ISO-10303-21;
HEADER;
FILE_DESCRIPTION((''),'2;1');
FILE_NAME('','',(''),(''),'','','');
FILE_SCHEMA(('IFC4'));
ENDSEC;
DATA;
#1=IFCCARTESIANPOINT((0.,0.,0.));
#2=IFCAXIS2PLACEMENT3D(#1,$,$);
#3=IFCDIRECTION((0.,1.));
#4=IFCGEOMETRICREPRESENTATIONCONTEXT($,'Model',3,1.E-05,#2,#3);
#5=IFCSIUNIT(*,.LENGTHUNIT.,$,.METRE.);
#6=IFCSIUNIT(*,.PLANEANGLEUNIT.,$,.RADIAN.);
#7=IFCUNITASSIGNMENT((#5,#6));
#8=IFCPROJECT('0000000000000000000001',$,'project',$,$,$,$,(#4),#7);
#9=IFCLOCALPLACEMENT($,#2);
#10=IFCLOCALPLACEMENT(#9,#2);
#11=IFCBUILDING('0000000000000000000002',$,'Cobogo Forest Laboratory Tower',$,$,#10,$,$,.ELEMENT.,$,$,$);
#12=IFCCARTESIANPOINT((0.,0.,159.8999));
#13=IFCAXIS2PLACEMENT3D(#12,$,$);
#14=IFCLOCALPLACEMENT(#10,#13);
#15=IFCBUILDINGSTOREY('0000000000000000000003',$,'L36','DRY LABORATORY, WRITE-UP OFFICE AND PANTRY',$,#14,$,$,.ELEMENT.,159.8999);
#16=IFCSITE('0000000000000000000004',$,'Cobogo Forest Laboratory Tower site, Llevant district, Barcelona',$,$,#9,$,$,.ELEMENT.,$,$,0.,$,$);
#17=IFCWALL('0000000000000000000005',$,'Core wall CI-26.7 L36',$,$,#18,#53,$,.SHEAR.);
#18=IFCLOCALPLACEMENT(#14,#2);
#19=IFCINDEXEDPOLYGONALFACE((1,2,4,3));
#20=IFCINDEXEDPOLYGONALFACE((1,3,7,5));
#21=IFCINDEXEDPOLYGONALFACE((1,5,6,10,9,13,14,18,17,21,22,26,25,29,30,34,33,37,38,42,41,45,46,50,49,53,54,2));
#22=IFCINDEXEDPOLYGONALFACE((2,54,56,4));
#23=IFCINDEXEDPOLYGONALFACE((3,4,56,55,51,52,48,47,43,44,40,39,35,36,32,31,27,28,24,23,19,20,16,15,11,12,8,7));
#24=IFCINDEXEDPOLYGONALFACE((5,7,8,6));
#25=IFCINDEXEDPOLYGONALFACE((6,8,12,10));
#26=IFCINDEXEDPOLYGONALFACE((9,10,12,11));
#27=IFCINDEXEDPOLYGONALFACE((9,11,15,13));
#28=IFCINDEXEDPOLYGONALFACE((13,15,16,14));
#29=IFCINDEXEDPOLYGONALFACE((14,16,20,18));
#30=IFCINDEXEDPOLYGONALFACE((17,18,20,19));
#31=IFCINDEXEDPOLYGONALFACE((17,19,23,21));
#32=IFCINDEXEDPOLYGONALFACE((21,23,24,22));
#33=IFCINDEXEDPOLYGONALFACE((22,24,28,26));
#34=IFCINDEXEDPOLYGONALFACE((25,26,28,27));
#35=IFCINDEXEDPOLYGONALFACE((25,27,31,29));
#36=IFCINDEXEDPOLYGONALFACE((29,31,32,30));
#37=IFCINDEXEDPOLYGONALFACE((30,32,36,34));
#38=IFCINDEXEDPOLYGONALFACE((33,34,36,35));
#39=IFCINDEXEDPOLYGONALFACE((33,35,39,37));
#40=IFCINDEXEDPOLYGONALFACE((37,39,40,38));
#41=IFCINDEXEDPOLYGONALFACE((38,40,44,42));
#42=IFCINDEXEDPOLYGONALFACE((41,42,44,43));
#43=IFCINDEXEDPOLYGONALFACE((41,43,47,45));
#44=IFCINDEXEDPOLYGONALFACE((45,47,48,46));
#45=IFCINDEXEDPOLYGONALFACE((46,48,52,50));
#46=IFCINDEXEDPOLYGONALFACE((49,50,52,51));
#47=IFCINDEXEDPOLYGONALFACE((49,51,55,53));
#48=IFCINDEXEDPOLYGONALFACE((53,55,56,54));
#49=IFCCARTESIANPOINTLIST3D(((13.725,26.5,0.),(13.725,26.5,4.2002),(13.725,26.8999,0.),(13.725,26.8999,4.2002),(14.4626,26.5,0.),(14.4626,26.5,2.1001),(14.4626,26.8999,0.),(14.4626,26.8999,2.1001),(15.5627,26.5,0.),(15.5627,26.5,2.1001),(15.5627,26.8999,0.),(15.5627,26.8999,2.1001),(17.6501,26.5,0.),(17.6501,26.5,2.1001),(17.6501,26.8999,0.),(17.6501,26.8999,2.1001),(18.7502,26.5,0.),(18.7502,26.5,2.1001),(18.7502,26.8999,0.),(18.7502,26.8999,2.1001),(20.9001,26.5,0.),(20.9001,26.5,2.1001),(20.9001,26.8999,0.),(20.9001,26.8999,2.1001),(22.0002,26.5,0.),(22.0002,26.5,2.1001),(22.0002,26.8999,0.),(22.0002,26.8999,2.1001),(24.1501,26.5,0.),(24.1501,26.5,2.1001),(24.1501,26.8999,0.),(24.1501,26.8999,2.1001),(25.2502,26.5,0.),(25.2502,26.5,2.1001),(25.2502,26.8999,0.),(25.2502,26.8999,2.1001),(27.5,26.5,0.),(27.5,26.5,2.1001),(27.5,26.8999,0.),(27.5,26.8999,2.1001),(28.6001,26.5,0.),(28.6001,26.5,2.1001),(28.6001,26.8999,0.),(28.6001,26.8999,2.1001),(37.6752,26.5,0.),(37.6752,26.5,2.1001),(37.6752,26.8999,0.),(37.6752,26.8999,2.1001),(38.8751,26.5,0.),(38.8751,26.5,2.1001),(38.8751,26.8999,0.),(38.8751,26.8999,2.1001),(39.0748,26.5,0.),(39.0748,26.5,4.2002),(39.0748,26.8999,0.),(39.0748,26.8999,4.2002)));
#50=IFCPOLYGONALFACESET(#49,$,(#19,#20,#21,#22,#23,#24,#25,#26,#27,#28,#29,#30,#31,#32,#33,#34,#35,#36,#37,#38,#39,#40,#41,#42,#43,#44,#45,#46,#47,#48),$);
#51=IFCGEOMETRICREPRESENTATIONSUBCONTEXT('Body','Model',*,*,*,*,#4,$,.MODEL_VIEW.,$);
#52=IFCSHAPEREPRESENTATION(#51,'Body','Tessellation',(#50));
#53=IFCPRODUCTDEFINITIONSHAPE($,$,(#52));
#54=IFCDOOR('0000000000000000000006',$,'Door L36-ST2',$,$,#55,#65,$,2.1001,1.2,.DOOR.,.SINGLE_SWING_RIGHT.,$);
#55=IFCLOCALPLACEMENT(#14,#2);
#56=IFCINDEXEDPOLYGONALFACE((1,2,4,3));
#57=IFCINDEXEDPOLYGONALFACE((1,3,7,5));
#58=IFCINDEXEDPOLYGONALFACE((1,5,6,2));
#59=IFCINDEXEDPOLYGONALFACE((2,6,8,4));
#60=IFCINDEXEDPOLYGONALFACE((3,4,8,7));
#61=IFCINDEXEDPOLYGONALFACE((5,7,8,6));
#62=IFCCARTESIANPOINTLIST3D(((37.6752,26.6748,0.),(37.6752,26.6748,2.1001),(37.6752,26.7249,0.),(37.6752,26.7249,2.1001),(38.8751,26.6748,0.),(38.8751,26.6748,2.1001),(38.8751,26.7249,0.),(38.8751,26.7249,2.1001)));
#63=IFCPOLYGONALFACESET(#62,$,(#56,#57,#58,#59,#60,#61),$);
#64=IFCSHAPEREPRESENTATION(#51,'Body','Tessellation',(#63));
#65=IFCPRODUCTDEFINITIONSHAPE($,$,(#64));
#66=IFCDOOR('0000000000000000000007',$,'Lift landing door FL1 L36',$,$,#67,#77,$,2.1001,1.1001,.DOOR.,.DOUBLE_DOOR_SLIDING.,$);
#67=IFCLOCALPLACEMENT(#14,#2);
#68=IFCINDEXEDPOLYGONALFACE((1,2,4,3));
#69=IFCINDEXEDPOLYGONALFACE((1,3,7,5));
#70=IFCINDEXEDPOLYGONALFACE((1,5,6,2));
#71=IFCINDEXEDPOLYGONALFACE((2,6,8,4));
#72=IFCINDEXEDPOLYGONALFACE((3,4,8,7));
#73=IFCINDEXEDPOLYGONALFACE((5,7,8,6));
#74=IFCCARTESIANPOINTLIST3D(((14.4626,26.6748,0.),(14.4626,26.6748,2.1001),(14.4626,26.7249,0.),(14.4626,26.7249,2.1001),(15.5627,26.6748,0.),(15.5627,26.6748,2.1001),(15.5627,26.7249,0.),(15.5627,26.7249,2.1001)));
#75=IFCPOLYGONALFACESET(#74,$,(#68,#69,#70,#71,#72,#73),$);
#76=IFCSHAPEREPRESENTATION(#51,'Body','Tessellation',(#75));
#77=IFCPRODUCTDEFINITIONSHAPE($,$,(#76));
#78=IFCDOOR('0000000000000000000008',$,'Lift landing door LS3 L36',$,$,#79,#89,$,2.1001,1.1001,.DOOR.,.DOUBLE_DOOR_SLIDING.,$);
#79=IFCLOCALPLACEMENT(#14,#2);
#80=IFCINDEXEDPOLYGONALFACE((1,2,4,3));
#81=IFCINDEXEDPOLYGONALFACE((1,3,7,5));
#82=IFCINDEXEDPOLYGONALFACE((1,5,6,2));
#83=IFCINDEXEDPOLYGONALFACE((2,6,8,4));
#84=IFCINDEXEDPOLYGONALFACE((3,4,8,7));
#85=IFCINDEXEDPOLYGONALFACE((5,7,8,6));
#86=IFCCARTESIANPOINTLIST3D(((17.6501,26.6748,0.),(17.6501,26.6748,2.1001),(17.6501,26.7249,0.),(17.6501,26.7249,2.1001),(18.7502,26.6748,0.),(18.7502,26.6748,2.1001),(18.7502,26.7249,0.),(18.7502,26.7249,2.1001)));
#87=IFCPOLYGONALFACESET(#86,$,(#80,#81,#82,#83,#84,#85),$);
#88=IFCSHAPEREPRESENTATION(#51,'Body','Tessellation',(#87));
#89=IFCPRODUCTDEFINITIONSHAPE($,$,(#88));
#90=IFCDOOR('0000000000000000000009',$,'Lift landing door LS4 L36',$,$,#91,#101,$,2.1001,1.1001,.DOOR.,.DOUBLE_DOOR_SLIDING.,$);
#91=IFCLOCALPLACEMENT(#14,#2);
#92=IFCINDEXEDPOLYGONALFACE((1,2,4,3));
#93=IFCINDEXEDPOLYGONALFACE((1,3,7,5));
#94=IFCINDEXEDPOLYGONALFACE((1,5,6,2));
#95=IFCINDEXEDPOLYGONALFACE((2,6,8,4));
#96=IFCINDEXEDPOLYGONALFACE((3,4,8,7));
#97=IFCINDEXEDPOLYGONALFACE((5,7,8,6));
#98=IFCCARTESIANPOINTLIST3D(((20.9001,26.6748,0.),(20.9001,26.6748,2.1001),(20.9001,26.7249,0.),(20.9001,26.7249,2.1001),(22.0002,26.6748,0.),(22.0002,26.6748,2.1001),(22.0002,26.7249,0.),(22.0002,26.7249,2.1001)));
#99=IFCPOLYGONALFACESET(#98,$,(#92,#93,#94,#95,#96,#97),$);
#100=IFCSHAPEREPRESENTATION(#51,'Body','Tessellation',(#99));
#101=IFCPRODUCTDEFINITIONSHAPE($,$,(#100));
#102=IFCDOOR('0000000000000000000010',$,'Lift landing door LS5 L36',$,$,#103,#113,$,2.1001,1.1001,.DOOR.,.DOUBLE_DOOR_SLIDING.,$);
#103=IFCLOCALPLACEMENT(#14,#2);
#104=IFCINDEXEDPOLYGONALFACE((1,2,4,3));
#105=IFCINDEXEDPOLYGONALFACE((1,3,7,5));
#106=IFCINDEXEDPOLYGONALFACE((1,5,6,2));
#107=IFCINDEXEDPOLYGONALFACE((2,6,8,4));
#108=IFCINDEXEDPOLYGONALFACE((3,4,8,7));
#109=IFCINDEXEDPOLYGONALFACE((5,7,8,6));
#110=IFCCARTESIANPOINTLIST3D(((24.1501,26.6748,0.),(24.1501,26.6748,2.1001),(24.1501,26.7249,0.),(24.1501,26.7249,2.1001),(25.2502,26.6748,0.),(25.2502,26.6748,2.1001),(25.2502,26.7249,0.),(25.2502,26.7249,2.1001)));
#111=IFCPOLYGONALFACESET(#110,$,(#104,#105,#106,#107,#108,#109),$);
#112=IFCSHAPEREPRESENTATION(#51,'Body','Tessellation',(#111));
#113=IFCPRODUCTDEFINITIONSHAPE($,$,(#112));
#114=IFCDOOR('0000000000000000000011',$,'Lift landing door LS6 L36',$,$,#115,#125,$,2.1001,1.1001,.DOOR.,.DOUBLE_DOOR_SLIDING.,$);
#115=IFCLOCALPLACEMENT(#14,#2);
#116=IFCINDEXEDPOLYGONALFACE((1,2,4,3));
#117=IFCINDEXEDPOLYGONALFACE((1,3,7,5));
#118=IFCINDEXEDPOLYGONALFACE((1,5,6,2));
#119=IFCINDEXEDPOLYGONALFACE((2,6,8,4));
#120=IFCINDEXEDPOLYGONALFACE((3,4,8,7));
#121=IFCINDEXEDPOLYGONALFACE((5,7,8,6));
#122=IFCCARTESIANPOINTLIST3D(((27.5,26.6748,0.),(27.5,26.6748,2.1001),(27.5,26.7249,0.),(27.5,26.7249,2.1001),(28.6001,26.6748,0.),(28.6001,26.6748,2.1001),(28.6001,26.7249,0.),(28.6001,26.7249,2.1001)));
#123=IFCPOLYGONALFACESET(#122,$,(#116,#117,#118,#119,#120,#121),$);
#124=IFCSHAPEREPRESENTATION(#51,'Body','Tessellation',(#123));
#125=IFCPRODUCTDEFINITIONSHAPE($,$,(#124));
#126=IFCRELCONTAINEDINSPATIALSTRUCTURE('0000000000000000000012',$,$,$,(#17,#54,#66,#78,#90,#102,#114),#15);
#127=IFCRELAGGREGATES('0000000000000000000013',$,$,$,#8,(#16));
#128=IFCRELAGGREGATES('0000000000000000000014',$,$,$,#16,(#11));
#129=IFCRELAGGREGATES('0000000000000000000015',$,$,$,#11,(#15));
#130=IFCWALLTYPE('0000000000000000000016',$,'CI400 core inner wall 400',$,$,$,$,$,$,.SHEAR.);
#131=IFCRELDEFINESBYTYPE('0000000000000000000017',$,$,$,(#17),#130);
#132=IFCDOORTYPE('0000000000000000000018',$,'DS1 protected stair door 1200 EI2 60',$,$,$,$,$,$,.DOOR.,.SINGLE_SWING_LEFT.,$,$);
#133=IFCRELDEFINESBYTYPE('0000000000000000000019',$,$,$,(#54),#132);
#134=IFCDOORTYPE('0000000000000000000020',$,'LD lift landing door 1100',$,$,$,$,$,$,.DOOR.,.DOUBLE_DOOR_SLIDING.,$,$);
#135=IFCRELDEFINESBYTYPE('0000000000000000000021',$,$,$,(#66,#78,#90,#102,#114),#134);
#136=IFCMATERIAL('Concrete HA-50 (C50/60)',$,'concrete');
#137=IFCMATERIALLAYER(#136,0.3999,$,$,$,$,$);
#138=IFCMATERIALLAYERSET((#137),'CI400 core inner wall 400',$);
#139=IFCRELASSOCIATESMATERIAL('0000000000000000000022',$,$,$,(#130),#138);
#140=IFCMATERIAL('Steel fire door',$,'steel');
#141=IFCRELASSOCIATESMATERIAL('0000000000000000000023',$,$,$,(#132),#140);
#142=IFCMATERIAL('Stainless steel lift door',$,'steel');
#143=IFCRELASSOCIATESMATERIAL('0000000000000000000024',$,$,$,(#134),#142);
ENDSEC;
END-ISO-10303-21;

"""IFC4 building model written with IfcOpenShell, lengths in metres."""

from ifc_helpers import new_model, si_unit, direction, frame, frame_2d, origin, place, context, subcontext, project, spatial, rectangle, extrude, material, layer, layer_set, type_object, element, fill, save


model = new_model("IFC4")

# Units and contexts
model_context = context("Model", 3, precision=1e-05, world=origin(), true_north=direction((0.0, 1.0)))
body_context = subcontext(model_context, "Body", "Model", "MODEL_VIEW")
ifc_project = project(units=[si_unit("LENGTHUNIT", "METRE"), si_unit("PLANEANGLEUNIT", "RADIAN")], contexts=[model_context])

# Site, building, storey
site_placement = place(None, origin())
site = spatial("IfcSite", under=ifc_project, at=site_placement, Name="Cobogo Forest Laboratory Tower site, Llevant district, Barcelona", CompositionType="ELEMENT", RefElevation=0.0)
building_placement = place(site_placement, origin())
building = spatial("IfcBuilding", under=site, at=building_placement, Name="Cobogo Forest Laboratory Tower", CompositionType="ELEMENT")
storey_placement = place(building_placement, frame((0.0, 0.0, 159.8999)))
storey = spatial("IfcBuildingStorey", under=building, at=storey_placement, Name="L36", Description="DRY LABORATORY, WRITE-UP OFFICE AND PANTRY", CompositionType="ELEMENT", Elevation=159.8999)

# Shared definitions
ifc_material_1 = material(Name="Concrete HA-50 (C50/60)", Category="concrete")

# Shared definitions
ifc_layer_1 = layer(ifc_material_1, 0.3999)
ifc_layer_set_1 = layer_set([ifc_layer_1], Name="CI400 core inner wall 400")
wall_type_1 = type_object("IfcWallType", Name="CI400 core inner wall 400", PredefinedType="SHEAR", material=ifc_layer_set_1)

# Wall, openings, doors
wall_1_placement = place(storey_placement, frame((13.7251, 26.7, 0.0), z_axis=(0.0, 0.0, 1.0), x_axis=(1.0, 0.0, 0.0)))
wall_1 = element("IfcWall", 1, at=wall_1_placement, inside=storey, type_object=wall_type_1, Name="Core wall CI-26.7 L36", PredefinedType="SHEAR", context=body_context, shape_type="SweptSolid", body=[
    extrude(rectangle(XDim=25.3499, YDim=0.3999, at=frame_2d((12.6748, 0.0))), origin(), (0.0, 0.0, 1.0), 4.2002),
])
opening_1_placement = place(wall_1_placement, frame((23.95, 0.0, 0.0)))
opening_1 = element("IfcOpeningElement", 2, at=opening_1_placement, cuts=wall_1, PredefinedType="OPENING", context=body_context, shape_type="SweptSolid", body=[
    extrude(rectangle(XDim=1.2, YDim=2.1001, at=frame_2d((0.6001, 1.05))), frame((0.0, 0.21, 0.0), z_axis=(0.0, -1.0, 0.0), x_axis=(1.0, 0.0, 0.0)), (0.0, 0.0, 1.0), 0.4199),
])
opening_2_placement = place(wall_1_placement, frame((0.7375, 0.0, 0.0)))
opening_2 = element("IfcOpeningElement", 3, at=opening_2_placement, cuts=wall_1, PredefinedType="OPENING", context=body_context, shape_type="SweptSolid", body=[
    extrude(rectangle(XDim=1.1001, YDim=2.1001, at=frame_2d((0.55, 1.05))), frame((0.0, 0.21, 0.0), z_axis=(0.0, -1.0, 0.0), x_axis=(1.0, 0.0, 0.0)), (0.0, 0.0, 1.0), 0.4199),
])
opening_3_placement = place(wall_1_placement, frame((3.925, 0.0, 0.0)))
opening_3 = element("IfcOpeningElement", 4, at=opening_3_placement, cuts=wall_1, PredefinedType="OPENING", context=body_context, shape_type="SweptSolid", body=[
    extrude(rectangle(XDim=1.1001, YDim=2.1001, at=frame_2d((0.55, 1.05))), frame((0.0, 0.21, 0.0), z_axis=(0.0, -1.0, 0.0), x_axis=(1.0, 0.0, 0.0)), (0.0, 0.0, 1.0), 0.4199),
])
opening_4_placement = place(wall_1_placement, frame((7.175, 0.0, 0.0)))
opening_4 = element("IfcOpeningElement", 5, at=opening_4_placement, cuts=wall_1, PredefinedType="OPENING", context=body_context, shape_type="SweptSolid", body=[
    extrude(rectangle(XDim=1.1001, YDim=2.1001, at=frame_2d((0.55, 1.05))), frame((0.0, 0.21, 0.0), z_axis=(0.0, -1.0, 0.0), x_axis=(1.0, 0.0, 0.0)), (0.0, 0.0, 1.0), 0.4199),
])
opening_5_placement = place(wall_1_placement, frame((10.425, 0.0, 0.0)))
opening_5 = element("IfcOpeningElement", 6, at=opening_5_placement, cuts=wall_1, PredefinedType="OPENING", context=body_context, shape_type="SweptSolid", body=[
    extrude(rectangle(XDim=1.1001, YDim=2.1001, at=frame_2d((0.55, 1.05))), frame((0.0, 0.21, 0.0), z_axis=(0.0, -1.0, 0.0), x_axis=(1.0, 0.0, 0.0)), (0.0, 0.0, 1.0), 0.4199),
])
opening_6_placement = place(wall_1_placement, frame((13.7749, 0.0, 0.0)))
opening_6 = element("IfcOpeningElement", 7, at=opening_6_placement, cuts=wall_1, PredefinedType="OPENING", context=body_context, shape_type="SweptSolid", body=[
    extrude(rectangle(XDim=1.1001, YDim=2.1001, at=frame_2d((0.55, 1.05))), frame((0.0, 0.21, 0.0), z_axis=(0.0, -1.0, 0.0), x_axis=(1.0, 0.0, 0.0)), (0.0, 0.0, 1.0), 0.4199),
])
ifc_material_2 = material(Name="Steel fire door", Category="steel")
door_type_1 = type_object("IfcDoorType", Name="DS1 protected stair door 1200 EI2 60", OperationType="SINGLE_SWING_LEFT", PredefinedType="DOOR", material=ifc_material_2)
door_1_placement = place(opening_1_placement, origin())
door_1 = element("IfcDoor", 8, at=door_1_placement, inside=storey, type_object=door_type_1, Name="Door L36-ST2", OperationType="SINGLE_SWING_RIGHT", OverallHeight=2.1001, OverallWidth=1.2, PredefinedType="DOOR", context=body_context, shape_type="SweptSolid", body=[
    extrude(rectangle(XDim=1.2, YDim=2.1001, at=frame_2d((0.6001, 1.05))), frame((0.0, 0.0249, 0.0), z_axis=(0.0, -1.0, 0.0), x_axis=(1.0, 0.0, 0.0)), (0.0, 0.0, 1.0), 0.05),
])
fill(opening_1, door_1)
ifc_material_3 = material(Name="Stainless steel lift door", Category="steel")
door_type_2 = type_object("IfcDoorType", Name="LD lift landing door 1100", OperationType="DOUBLE_DOOR_SLIDING", PredefinedType="DOOR", material=ifc_material_3)
door_2_placement = place(opening_2_placement, origin())
door_2 = element("IfcDoor", 9, at=door_2_placement, inside=storey, type_object=door_type_2, Name="Lift landing door FL1 L36", OperationType="DOUBLE_DOOR_SLIDING", OverallHeight=2.1001, OverallWidth=1.1001, PredefinedType="DOOR", context=body_context, shape_type="SweptSolid", body=[
    extrude(rectangle(XDim=1.1001, YDim=2.1001, at=frame_2d((0.55, 1.05))), frame((0.0, 0.0249, 0.0), z_axis=(0.0, -1.0, 0.0), x_axis=(1.0, 0.0, 0.0)), (0.0, 0.0, 1.0), 0.05),
])
fill(opening_2, door_2)
door_3_placement = place(opening_3_placement, origin())
door_3 = element("IfcDoor", 10, at=door_3_placement, inside=storey, type_object=door_type_2, Name="Lift landing door LS3 L36", OperationType="DOUBLE_DOOR_SLIDING", OverallHeight=2.1001, OverallWidth=1.1001, PredefinedType="DOOR", context=body_context, shape_type="SweptSolid", body=[
    extrude(rectangle(XDim=1.1001, YDim=2.1001, at=frame_2d((0.55, 1.05))), frame((0.0, 0.0249, 0.0), z_axis=(0.0, -1.0, 0.0), x_axis=(1.0, 0.0, 0.0)), (0.0, 0.0, 1.0), 0.05),
])
fill(opening_3, door_3)
door_4_placement = place(opening_4_placement, origin())
door_4 = element("IfcDoor", 11, at=door_4_placement, inside=storey, type_object=door_type_2, Name="Lift landing door LS4 L36", OperationType="DOUBLE_DOOR_SLIDING", OverallHeight=2.1001, OverallWidth=1.1001, PredefinedType="DOOR", context=body_context, shape_type="SweptSolid", body=[
    extrude(rectangle(XDim=1.1001, YDim=2.1001, at=frame_2d((0.55, 1.05))), frame((0.0, 0.0249, 0.0), z_axis=(0.0, -1.0, 0.0), x_axis=(1.0, 0.0, 0.0)), (0.0, 0.0, 1.0), 0.05),
])
fill(opening_4, door_4)
door_5_placement = place(opening_5_placement, origin())
door_5 = element("IfcDoor", 12, at=door_5_placement, inside=storey, type_object=door_type_2, Name="Lift landing door LS5 L36", OperationType="DOUBLE_DOOR_SLIDING", OverallHeight=2.1001, OverallWidth=1.1001, PredefinedType="DOOR", context=body_context, shape_type="SweptSolid", body=[
    extrude(rectangle(XDim=1.1001, YDim=2.1001, at=frame_2d((0.55, 1.05))), frame((0.0, 0.0249, 0.0), z_axis=(0.0, -1.0, 0.0), x_axis=(1.0, 0.0, 0.0)), (0.0, 0.0, 1.0), 0.05),
])
fill(opening_5, door_5)
door_6_placement = place(opening_6_placement, origin())
door_6 = element("IfcDoor", 13, at=door_6_placement, inside=storey, type_object=door_type_2, Name="Lift landing door LS6 L36", OperationType="DOUBLE_DOOR_SLIDING", OverallHeight=2.1001, OverallWidth=1.1001, PredefinedType="DOOR", context=body_context, shape_type="SweptSolid", body=[
    extrude(rectangle(XDim=1.1001, YDim=2.1001, at=frame_2d((0.55, 1.05))), frame((0.0, 0.0249, 0.0), z_axis=(0.0, -1.0, 0.0), x_axis=(1.0, 0.0, 0.0)), (0.0, 0.0, 1.0), 0.05),
])
fill(opening_6, door_6)

save(model, "model.ifc")
